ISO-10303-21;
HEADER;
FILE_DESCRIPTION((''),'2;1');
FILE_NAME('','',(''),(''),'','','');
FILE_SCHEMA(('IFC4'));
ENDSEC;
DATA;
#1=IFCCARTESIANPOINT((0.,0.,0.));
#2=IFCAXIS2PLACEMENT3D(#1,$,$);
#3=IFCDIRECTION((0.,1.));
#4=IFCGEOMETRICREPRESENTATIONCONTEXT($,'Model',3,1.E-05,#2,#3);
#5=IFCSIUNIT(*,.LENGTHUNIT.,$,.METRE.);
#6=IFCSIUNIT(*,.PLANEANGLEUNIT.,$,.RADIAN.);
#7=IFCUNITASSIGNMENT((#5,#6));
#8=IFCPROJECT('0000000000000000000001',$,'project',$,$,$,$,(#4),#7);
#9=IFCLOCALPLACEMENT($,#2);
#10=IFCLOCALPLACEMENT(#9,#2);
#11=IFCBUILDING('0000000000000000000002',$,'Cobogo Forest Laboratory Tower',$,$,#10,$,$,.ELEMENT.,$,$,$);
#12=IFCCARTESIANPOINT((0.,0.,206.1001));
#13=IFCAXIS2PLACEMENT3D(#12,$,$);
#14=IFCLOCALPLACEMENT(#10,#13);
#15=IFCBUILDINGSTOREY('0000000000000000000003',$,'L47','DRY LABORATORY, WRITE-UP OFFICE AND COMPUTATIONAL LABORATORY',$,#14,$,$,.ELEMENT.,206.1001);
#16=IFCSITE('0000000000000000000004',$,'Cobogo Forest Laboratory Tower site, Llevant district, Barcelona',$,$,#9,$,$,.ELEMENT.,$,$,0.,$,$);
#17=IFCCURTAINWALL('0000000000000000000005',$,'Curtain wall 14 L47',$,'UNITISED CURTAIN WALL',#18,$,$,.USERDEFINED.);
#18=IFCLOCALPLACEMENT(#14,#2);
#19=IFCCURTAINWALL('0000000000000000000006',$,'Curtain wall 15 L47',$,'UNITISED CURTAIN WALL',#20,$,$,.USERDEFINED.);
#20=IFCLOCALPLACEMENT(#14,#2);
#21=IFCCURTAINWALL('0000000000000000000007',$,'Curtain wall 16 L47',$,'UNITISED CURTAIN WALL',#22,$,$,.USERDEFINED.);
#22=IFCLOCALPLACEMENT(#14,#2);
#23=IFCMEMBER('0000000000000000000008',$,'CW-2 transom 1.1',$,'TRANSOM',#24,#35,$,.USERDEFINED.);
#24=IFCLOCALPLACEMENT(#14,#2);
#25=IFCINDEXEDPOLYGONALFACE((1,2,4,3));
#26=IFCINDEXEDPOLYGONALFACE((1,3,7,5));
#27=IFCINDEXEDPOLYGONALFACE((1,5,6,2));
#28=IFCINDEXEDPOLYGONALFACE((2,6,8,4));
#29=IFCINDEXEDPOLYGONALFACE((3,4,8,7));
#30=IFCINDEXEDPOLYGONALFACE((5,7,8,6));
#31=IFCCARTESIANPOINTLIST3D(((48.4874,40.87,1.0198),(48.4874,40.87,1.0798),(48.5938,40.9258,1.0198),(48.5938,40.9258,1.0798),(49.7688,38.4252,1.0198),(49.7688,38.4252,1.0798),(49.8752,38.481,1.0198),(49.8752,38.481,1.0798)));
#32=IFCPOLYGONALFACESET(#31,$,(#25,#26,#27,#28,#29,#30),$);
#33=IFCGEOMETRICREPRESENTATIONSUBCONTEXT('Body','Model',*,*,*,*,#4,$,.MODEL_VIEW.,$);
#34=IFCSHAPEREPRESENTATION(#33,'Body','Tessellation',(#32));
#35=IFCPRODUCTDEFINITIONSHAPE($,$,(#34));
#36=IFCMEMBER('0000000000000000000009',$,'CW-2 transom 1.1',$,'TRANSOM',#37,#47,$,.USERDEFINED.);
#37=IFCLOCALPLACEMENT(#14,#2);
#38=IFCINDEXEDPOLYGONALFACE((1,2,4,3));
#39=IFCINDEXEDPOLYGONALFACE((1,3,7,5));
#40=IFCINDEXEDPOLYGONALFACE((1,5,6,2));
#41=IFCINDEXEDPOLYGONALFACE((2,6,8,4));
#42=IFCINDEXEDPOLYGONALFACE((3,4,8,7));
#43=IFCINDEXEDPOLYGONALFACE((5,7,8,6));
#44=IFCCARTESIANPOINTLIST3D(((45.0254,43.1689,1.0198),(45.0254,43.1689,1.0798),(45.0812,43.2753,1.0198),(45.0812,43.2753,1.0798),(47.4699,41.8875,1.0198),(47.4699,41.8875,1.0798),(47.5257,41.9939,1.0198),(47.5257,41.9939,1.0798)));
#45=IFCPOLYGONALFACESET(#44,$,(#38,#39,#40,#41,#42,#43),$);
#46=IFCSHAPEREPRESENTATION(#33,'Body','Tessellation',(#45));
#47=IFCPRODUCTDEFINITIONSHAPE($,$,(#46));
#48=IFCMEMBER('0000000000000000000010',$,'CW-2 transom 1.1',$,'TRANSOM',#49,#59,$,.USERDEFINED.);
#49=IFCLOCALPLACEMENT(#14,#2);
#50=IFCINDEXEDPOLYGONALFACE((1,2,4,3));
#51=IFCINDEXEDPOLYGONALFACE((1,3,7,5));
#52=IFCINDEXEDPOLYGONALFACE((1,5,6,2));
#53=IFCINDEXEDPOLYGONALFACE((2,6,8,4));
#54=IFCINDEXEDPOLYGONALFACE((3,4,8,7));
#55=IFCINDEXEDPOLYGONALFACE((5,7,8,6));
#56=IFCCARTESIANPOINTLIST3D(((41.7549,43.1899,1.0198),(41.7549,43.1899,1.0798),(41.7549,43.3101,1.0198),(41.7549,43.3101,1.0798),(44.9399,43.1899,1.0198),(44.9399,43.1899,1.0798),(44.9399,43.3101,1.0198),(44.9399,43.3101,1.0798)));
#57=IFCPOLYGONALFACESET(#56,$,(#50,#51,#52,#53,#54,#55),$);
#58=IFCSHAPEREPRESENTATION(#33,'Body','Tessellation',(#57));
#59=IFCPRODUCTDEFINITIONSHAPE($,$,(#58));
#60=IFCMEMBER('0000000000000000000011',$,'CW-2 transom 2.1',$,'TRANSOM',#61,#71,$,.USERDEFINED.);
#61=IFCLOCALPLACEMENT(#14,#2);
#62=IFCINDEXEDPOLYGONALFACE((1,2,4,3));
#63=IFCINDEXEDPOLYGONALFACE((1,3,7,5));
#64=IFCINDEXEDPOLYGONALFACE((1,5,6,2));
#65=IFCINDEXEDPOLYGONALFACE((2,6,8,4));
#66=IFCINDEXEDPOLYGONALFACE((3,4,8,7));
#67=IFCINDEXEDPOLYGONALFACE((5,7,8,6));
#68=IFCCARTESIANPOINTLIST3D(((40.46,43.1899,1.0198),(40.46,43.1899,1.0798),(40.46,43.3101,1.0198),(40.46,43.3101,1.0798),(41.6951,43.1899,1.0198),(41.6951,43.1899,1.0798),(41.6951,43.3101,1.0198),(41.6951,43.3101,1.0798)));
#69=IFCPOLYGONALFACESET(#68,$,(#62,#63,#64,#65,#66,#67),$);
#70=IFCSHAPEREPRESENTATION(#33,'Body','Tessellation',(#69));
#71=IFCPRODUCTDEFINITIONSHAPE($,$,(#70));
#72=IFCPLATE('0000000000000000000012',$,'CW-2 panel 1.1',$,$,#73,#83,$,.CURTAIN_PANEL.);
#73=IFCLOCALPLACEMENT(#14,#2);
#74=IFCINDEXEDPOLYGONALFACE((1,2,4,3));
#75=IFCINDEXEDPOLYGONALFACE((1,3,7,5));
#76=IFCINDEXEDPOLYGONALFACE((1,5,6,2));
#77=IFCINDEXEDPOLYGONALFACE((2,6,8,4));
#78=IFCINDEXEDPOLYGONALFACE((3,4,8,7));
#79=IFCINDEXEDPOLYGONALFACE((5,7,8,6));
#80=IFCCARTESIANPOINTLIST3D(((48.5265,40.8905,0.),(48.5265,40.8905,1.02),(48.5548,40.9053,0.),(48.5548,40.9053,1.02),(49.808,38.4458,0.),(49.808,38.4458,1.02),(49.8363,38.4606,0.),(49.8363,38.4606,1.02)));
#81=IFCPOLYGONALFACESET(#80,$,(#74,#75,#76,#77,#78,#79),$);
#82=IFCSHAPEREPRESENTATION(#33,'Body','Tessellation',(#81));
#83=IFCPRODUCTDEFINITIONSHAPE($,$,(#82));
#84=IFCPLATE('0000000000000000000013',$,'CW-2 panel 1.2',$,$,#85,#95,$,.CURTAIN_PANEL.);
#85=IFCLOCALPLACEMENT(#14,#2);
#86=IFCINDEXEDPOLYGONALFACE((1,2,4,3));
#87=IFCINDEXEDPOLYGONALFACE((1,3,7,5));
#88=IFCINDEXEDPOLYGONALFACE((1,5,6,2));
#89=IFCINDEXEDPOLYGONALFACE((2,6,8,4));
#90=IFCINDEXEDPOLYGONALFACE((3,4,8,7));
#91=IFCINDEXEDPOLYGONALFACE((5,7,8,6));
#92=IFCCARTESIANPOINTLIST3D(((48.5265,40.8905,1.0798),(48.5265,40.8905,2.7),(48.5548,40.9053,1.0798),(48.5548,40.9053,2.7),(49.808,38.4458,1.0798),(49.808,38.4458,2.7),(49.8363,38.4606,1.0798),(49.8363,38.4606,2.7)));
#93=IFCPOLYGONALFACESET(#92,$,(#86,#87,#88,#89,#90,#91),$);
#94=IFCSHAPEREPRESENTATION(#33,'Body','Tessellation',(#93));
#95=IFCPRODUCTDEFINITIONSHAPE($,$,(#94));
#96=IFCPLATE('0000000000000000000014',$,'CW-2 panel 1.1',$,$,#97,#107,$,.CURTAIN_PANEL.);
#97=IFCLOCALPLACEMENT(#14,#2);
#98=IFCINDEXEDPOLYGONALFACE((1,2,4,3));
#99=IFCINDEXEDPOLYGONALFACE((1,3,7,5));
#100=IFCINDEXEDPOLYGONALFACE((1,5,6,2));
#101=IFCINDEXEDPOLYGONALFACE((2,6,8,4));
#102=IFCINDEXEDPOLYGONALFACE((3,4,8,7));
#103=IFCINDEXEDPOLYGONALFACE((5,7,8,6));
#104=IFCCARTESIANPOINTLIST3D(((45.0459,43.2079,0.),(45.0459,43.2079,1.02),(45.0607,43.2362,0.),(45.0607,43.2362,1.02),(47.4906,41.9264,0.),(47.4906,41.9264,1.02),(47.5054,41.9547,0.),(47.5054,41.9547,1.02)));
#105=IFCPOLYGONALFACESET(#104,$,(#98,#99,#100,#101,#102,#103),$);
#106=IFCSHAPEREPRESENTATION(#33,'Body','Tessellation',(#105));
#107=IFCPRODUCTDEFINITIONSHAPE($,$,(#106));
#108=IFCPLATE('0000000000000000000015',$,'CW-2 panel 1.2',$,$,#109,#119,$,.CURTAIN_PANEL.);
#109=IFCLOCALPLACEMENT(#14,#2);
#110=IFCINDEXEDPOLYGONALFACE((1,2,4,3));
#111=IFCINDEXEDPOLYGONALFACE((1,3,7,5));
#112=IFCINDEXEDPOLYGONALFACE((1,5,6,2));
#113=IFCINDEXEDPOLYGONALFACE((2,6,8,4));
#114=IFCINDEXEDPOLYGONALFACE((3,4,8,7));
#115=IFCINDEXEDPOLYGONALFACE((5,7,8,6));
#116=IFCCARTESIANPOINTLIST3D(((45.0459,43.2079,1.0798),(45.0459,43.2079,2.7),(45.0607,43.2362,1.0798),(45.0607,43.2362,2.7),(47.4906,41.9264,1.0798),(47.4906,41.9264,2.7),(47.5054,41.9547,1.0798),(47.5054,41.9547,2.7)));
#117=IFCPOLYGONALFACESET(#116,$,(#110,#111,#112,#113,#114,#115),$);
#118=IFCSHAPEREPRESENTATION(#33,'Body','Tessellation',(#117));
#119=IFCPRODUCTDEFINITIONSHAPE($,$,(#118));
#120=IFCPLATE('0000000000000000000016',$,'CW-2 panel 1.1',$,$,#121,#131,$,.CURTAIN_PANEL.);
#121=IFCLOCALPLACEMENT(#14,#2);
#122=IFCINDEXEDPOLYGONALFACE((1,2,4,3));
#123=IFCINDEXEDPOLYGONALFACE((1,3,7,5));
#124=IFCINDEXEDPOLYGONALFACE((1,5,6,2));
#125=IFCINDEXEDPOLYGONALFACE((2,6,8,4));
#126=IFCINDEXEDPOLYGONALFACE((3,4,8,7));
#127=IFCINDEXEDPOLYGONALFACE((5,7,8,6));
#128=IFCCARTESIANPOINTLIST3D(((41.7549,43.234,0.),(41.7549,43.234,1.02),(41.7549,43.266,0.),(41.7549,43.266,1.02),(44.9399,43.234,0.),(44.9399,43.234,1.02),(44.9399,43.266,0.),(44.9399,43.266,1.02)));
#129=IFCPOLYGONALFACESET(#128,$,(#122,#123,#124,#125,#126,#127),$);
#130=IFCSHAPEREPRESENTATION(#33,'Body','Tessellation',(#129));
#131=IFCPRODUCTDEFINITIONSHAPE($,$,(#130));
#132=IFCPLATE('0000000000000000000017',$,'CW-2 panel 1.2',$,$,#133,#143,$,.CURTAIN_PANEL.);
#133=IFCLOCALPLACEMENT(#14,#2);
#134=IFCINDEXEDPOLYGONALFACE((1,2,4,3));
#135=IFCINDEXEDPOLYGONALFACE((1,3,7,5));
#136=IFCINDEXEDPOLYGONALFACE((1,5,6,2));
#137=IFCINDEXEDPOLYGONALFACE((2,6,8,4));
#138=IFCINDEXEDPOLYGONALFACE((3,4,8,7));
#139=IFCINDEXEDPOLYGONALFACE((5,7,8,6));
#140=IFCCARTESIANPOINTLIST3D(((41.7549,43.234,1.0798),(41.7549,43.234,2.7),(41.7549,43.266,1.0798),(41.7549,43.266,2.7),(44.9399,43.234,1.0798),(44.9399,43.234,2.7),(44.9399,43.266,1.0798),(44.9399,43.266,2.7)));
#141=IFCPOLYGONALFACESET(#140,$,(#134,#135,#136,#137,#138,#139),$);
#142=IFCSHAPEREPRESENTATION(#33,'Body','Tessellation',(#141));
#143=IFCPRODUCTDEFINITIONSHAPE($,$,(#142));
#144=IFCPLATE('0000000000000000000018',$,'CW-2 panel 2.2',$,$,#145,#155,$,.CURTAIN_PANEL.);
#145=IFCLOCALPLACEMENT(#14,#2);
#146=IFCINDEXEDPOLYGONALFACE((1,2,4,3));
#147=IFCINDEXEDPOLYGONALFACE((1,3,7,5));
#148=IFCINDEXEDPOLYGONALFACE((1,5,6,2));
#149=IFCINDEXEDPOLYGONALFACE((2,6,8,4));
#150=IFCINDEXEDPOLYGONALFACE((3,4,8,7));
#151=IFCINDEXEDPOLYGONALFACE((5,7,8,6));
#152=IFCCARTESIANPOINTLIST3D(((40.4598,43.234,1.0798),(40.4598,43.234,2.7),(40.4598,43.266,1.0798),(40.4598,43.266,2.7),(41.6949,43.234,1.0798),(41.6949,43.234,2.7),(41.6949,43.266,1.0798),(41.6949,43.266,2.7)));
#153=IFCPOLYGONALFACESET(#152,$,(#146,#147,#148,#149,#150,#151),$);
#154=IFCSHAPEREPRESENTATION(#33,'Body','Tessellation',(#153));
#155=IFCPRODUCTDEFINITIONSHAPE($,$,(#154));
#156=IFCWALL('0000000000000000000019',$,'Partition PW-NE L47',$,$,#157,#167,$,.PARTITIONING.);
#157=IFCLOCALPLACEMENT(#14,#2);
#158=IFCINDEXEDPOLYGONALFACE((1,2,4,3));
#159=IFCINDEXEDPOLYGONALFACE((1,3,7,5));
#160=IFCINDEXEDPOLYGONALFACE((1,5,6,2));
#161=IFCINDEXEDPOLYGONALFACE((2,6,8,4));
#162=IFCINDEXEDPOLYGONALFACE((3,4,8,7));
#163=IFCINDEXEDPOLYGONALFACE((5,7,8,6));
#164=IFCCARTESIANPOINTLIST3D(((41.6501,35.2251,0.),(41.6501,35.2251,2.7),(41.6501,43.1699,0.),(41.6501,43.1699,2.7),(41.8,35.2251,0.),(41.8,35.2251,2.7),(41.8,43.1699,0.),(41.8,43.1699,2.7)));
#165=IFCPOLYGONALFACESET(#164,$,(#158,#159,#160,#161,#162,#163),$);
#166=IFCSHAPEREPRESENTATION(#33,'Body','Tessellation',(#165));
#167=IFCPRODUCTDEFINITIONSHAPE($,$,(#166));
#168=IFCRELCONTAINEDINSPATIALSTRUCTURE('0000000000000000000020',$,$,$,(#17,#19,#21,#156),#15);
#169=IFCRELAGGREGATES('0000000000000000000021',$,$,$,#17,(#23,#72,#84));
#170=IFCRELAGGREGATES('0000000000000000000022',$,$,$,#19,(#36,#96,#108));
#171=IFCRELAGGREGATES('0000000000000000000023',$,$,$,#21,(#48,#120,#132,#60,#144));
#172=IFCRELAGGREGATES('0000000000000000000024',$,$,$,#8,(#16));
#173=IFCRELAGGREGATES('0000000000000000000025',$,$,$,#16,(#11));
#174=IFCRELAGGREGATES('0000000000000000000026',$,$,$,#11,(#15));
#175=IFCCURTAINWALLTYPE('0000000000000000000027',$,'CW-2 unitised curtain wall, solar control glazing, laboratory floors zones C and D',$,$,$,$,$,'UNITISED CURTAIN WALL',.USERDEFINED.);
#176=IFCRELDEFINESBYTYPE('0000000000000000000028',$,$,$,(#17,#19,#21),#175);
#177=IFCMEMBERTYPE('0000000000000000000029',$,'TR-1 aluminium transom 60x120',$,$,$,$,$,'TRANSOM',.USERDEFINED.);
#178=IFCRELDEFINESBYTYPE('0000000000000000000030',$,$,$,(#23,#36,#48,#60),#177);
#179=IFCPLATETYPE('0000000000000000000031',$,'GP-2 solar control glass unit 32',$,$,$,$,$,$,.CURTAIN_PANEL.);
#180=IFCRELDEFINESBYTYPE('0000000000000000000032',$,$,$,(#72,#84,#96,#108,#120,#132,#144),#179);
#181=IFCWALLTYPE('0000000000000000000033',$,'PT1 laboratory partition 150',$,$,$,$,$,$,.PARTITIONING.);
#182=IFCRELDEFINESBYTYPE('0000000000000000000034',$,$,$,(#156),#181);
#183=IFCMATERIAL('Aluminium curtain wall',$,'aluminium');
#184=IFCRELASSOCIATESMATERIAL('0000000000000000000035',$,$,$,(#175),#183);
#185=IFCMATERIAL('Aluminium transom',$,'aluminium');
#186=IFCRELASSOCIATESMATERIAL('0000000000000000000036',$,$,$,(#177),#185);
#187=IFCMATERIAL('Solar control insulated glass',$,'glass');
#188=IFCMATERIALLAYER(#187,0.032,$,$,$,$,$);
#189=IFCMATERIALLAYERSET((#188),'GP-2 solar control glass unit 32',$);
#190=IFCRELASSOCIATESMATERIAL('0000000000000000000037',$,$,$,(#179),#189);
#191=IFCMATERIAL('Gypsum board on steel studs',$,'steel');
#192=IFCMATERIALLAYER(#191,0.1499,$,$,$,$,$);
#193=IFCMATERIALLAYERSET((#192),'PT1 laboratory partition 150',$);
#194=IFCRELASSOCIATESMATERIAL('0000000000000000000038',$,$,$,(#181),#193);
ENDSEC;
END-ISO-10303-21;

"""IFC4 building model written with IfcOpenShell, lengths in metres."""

from ifc_helpers import new_model, si_unit, direction, frame, frame_2d, origin, origin_2d, place, context, subcontext, project, spatial, rectangle, extrude, material, layer, layer_set, material_profile, profile_set, type_object, element, aggregate, save


model = new_model("IFC4")

# Units and contexts
model_context = context("Model", 3, precision=1e-05, world=origin(), true_north=direction((0.0, 1.0)))
body_context = subcontext(model_context, "Body", "Model", "MODEL_VIEW")
ifc_project = project(units=[si_unit("LENGTHUNIT", "METRE"), si_unit("PLANEANGLEUNIT", "RADIAN")], contexts=[model_context])

# Site, building, storey
site_placement = place(None, origin())
site = spatial("IfcSite", under=ifc_project, at=site_placement, Name="Cobogo Forest Laboratory Tower site, Llevant district, Barcelona", CompositionType="ELEMENT", RefElevation=0.0)
building_placement = place(site_placement, origin())
building = spatial("IfcBuilding", under=site, at=building_placement, Name="Cobogo Forest Laboratory Tower", CompositionType="ELEMENT")
storey_placement = place(building_placement, frame((0.0, 0.0, 206.1001)))
storey = spatial("IfcBuildingStorey", under=building, at=storey_placement, Name="L47", Description="DRY LABORATORY, WRITE-UP OFFICE AND COMPUTATIONAL LABORATORY", CompositionType="ELEMENT", Elevation=206.1001)

# Curtain walls
ifc_material_1 = material(Name="Aluminium curtain wall", Category="aluminium")
curtain_wall_type = type_object("IfcCurtainWallType", Name="CW-2 unitised curtain wall, solar control glazing, laboratory floors zones C and D", ElementType="UNITISED CURTAIN WALL", PredefinedType="USERDEFINED", material=ifc_material_1)
curtain_wall_1_placement = place(storey_placement, origin())
curtain_wall_1 = element("IfcCurtainWall", 1, at=curtain_wall_1_placement, inside=storey, type_object=curtain_wall_type, Name="Curtain wall 14 L47", ObjectType="UNITISED CURTAIN WALL", PredefinedType="USERDEFINED")
curtain_wall_2_placement = place(storey_placement, origin())
curtain_wall_2 = element("IfcCurtainWall", 2, at=curtain_wall_2_placement, inside=storey, type_object=curtain_wall_type, Name="Curtain wall 15 L47", ObjectType="UNITISED CURTAIN WALL", PredefinedType="USERDEFINED")
curtain_wall_3_placement = place(storey_placement, origin())
curtain_wall_3 = element("IfcCurtainWall", 3, at=curtain_wall_3_placement, inside=storey, type_object=curtain_wall_type, Name="Curtain wall 16 L47", ObjectType="UNITISED CURTAIN WALL", PredefinedType="USERDEFINED")

# Members
ifc_material_2 = material(Name="Aluminium transom", Category="aluminium")
ifc_material_profile_1 = material_profile(ifc_material_2, rectangle(XDim=0.1201, YDim=0.0601, at=origin_2d()), Name="AL 60x120")
ifc_profile_set_1 = profile_set([ifc_material_profile_1], Name="Aluminium transom")
member_type_1 = type_object("IfcMemberType", Name="TR-1 aluminium transom 60x120", ElementType="TRANSOM", PredefinedType="USERDEFINED", material=ifc_profile_set_1)
member_1_placement = place(storey_placement, frame((49.822, 38.4531, 1.0498), z_axis=(-0.464255, 0.885702, 0.0), x_axis=(-0.885702, -0.464255, 0.0)))
member_1 = element("IfcMember", 4, at=member_1_placement, type_object=member_type_1, Name="CW-2 transom 1.1", ObjectType="TRANSOM", PredefinedType="USERDEFINED", context=body_context, shape_type="SweptSolid", body=[
    extrude(rectangle(XDim=0.1201, YDim=0.0601, at=origin_2d()), origin(), (0.0, 0.0, 1.0), 2.7603),
])
member_2_placement = place(storey_placement, frame((47.4978, 41.9407, 1.0498), z_axis=(-0.885683, 0.464291, 0.0), x_axis=(-0.464291, -0.885683, 0.0)))
member_2 = element("IfcMember", 5, at=member_2_placement, type_object=member_type_1, Name="CW-2 transom 1.1", ObjectType="TRANSOM", PredefinedType="USERDEFINED", context=body_context, shape_type="SweptSolid", body=[
    extrude(rectangle(XDim=0.1201, YDim=0.0601, at=origin_2d()), origin(), (0.0, 0.0, 1.0), 2.76),
])
member_3_placement = place(storey_placement, frame((44.9399, 43.25, 1.0498), z_axis=(-1.0, 0.0, 0.0), x_axis=(0.0, -1.0, 0.0)))
member_3 = element("IfcMember", 6, at=member_3_placement, type_object=member_type_1, Name="CW-2 transom 1.1", ObjectType="TRANSOM", PredefinedType="USERDEFINED", context=body_context, shape_type="SweptSolid", body=[
    extrude(rectangle(XDim=0.1201, YDim=0.0601, at=origin_2d()), origin(), (0.0, 0.0, 1.0), 3.1851),
])
member_4_placement = place(storey_placement, frame((41.6951, 43.25, 1.0498), z_axis=(-1.0, 0.0, 0.0), x_axis=(0.0, -1.0, 0.0)))
member_4 = element("IfcMember", 7, at=member_4_placement, type_object=member_type_1, Name="CW-2 transom 2.1", ObjectType="TRANSOM", PredefinedType="USERDEFINED", context=body_context, shape_type="SweptSolid", body=[
    extrude(rectangle(XDim=0.1201, YDim=0.0601, at=origin_2d()), origin(), (0.0, 0.0, 1.0), 1.2351),
])

# Plates
ifc_material_3 = material(Name="Solar control insulated glass", Category="glass")
ifc_layer_1 = layer(ifc_material_3, 0.032)
ifc_layer_set_1 = layer_set([ifc_layer_1], Name="GP-2 solar control glass unit 32")
plate_type = type_object("IfcPlateType", Name="GP-2 solar control glass unit 32", PredefinedType="CURTAIN_PANEL", material=ifc_layer_set_1)
plate_1_placement = place(storey_placement, frame((49.1814, 39.6755, 0.0), z_axis=(0.0, 0.0, 1.0), x_axis=(-0.464284, 0.885686, 0.0)))
plate_1 = element("IfcPlate", 8, at=plate_1_placement, type_object=plate_type, Name="CW-2 panel 1.1", PredefinedType="CURTAIN_PANEL", context=body_context, shape_type="SweptSolid", body=[
    extrude(rectangle(XDim=2.7603, YDim=0.032, at=origin_2d()), origin(), (0.0, 0.0, 1.0), 1.02),
])
plate_2_placement = place(storey_placement, frame((49.1814, 39.6755, 1.0798), z_axis=(0.0, 0.0, 1.0), x_axis=(-0.464284, 0.885686, 0.0)))
plate_2 = element("IfcPlate", 9, at=plate_2_placement, type_object=plate_type, Name="CW-2 panel 1.2", PredefinedType="CURTAIN_PANEL", context=body_context, shape_type="SweptSolid", body=[
    extrude(rectangle(XDim=2.7603, YDim=0.032, at=origin_2d()), origin(), (0.0, 0.0, 1.0), 1.6201),
])
aggregate(curtain_wall_1, [member_1, plate_1, plate_2])
plate_3_placement = place(storey_placement, frame((46.2756, 42.5813, 0.0), z_axis=(0.0, 0.0, 1.0), x_axis=(-0.885686, 0.464284, 0.0)))
plate_3 = element("IfcPlate", 10, at=plate_3_placement, type_object=plate_type, Name="CW-2 panel 1.1", PredefinedType="CURTAIN_PANEL", context=body_context, shape_type="SweptSolid", body=[
    extrude(rectangle(XDim=2.7603, YDim=0.032, at=origin_2d()), origin(), (0.0, 0.0, 1.0), 1.02),
])
plate_4_placement = place(storey_placement, frame((46.2756, 42.5813, 1.0798), z_axis=(0.0, 0.0, 1.0), x_axis=(-0.885686, 0.464284, 0.0)))
plate_4 = element("IfcPlate", 11, at=plate_4_placement, type_object=plate_type, Name="CW-2 panel 1.2", PredefinedType="CURTAIN_PANEL", context=body_context, shape_type="SweptSolid", body=[
    extrude(rectangle(XDim=2.7603, YDim=0.032, at=origin_2d()), origin(), (0.0, 0.0, 1.0), 1.6201),
])
aggregate(curtain_wall_2, [member_2, plate_3, plate_4])
plate_5_placement = place(storey_placement, frame((43.3474, 43.25, 0.0), z_axis=(0.0, 0.0, 1.0), x_axis=(-1.0, 0.0, 0.0)))
plate_5 = element("IfcPlate", 12, at=plate_5_placement, type_object=plate_type, Name="CW-2 panel 1.1", PredefinedType="CURTAIN_PANEL", context=body_context, shape_type="SweptSolid", body=[
    extrude(rectangle(XDim=3.1851, YDim=0.032, at=origin_2d()), origin(), (0.0, 0.0, 1.0), 1.02),
])
plate_6_placement = place(storey_placement, frame((43.3474, 43.25, 1.0798), z_axis=(0.0, 0.0, 1.0), x_axis=(-1.0, 0.0, 0.0)))
plate_6 = element("IfcPlate", 13, at=plate_6_placement, type_object=plate_type, Name="CW-2 panel 1.2", PredefinedType="CURTAIN_PANEL", context=body_context, shape_type="SweptSolid", body=[
    extrude(rectangle(XDim=3.1851, YDim=0.032, at=origin_2d()), origin(), (0.0, 0.0, 1.0), 1.6201),
])
plate_7_placement = place(storey_placement, frame((41.0774, 43.25, 1.0798), z_axis=(0.0, 0.0, 1.0), x_axis=(-1.0, 0.0, 0.0)))
plate_7 = element("IfcPlate", 14, at=plate_7_placement, type_object=plate_type, Name="CW-2 panel 2.2", PredefinedType="CURTAIN_PANEL", context=body_context, shape_type="SweptSolid", body=[
    extrude(rectangle(XDim=1.2351, YDim=0.032, at=origin_2d()), origin(), (0.0, 0.0, 1.0), 1.6201),
])
aggregate(curtain_wall_3, [member_3, plate_5, plate_6, member_4, plate_7])

# Wall
ifc_material_4 = material(Name="Gypsum board on steel studs", Category="steel")
ifc_layer_2 = layer(ifc_material_4, 0.1499)
ifc_layer_set_2 = layer_set([ifc_layer_2], Name="PT1 laboratory partition 150")
wall_type = type_object("IfcWallType", Name="PT1 laboratory partition 150", PredefinedType="PARTITIONING", material=ifc_layer_set_2)
wall_placement = place(storey_placement, frame((41.7251, 43.1699, 0.0), z_axis=(0.0, 0.0, 1.0), x_axis=(0.0, -1.0, 0.0)))
element("IfcWall", 15, at=wall_placement, inside=storey, type_object=wall_type, Name="Partition PW-NE L47", PredefinedType="PARTITIONING", context=body_context, shape_type="SweptSolid", body=[
    extrude(rectangle(XDim=7.9448, YDim=0.1499, at=frame_2d((3.9724, 0.0))), origin(), (0.0, 0.0, 1.0), 2.7),
])

save(model, "model.ifc")
